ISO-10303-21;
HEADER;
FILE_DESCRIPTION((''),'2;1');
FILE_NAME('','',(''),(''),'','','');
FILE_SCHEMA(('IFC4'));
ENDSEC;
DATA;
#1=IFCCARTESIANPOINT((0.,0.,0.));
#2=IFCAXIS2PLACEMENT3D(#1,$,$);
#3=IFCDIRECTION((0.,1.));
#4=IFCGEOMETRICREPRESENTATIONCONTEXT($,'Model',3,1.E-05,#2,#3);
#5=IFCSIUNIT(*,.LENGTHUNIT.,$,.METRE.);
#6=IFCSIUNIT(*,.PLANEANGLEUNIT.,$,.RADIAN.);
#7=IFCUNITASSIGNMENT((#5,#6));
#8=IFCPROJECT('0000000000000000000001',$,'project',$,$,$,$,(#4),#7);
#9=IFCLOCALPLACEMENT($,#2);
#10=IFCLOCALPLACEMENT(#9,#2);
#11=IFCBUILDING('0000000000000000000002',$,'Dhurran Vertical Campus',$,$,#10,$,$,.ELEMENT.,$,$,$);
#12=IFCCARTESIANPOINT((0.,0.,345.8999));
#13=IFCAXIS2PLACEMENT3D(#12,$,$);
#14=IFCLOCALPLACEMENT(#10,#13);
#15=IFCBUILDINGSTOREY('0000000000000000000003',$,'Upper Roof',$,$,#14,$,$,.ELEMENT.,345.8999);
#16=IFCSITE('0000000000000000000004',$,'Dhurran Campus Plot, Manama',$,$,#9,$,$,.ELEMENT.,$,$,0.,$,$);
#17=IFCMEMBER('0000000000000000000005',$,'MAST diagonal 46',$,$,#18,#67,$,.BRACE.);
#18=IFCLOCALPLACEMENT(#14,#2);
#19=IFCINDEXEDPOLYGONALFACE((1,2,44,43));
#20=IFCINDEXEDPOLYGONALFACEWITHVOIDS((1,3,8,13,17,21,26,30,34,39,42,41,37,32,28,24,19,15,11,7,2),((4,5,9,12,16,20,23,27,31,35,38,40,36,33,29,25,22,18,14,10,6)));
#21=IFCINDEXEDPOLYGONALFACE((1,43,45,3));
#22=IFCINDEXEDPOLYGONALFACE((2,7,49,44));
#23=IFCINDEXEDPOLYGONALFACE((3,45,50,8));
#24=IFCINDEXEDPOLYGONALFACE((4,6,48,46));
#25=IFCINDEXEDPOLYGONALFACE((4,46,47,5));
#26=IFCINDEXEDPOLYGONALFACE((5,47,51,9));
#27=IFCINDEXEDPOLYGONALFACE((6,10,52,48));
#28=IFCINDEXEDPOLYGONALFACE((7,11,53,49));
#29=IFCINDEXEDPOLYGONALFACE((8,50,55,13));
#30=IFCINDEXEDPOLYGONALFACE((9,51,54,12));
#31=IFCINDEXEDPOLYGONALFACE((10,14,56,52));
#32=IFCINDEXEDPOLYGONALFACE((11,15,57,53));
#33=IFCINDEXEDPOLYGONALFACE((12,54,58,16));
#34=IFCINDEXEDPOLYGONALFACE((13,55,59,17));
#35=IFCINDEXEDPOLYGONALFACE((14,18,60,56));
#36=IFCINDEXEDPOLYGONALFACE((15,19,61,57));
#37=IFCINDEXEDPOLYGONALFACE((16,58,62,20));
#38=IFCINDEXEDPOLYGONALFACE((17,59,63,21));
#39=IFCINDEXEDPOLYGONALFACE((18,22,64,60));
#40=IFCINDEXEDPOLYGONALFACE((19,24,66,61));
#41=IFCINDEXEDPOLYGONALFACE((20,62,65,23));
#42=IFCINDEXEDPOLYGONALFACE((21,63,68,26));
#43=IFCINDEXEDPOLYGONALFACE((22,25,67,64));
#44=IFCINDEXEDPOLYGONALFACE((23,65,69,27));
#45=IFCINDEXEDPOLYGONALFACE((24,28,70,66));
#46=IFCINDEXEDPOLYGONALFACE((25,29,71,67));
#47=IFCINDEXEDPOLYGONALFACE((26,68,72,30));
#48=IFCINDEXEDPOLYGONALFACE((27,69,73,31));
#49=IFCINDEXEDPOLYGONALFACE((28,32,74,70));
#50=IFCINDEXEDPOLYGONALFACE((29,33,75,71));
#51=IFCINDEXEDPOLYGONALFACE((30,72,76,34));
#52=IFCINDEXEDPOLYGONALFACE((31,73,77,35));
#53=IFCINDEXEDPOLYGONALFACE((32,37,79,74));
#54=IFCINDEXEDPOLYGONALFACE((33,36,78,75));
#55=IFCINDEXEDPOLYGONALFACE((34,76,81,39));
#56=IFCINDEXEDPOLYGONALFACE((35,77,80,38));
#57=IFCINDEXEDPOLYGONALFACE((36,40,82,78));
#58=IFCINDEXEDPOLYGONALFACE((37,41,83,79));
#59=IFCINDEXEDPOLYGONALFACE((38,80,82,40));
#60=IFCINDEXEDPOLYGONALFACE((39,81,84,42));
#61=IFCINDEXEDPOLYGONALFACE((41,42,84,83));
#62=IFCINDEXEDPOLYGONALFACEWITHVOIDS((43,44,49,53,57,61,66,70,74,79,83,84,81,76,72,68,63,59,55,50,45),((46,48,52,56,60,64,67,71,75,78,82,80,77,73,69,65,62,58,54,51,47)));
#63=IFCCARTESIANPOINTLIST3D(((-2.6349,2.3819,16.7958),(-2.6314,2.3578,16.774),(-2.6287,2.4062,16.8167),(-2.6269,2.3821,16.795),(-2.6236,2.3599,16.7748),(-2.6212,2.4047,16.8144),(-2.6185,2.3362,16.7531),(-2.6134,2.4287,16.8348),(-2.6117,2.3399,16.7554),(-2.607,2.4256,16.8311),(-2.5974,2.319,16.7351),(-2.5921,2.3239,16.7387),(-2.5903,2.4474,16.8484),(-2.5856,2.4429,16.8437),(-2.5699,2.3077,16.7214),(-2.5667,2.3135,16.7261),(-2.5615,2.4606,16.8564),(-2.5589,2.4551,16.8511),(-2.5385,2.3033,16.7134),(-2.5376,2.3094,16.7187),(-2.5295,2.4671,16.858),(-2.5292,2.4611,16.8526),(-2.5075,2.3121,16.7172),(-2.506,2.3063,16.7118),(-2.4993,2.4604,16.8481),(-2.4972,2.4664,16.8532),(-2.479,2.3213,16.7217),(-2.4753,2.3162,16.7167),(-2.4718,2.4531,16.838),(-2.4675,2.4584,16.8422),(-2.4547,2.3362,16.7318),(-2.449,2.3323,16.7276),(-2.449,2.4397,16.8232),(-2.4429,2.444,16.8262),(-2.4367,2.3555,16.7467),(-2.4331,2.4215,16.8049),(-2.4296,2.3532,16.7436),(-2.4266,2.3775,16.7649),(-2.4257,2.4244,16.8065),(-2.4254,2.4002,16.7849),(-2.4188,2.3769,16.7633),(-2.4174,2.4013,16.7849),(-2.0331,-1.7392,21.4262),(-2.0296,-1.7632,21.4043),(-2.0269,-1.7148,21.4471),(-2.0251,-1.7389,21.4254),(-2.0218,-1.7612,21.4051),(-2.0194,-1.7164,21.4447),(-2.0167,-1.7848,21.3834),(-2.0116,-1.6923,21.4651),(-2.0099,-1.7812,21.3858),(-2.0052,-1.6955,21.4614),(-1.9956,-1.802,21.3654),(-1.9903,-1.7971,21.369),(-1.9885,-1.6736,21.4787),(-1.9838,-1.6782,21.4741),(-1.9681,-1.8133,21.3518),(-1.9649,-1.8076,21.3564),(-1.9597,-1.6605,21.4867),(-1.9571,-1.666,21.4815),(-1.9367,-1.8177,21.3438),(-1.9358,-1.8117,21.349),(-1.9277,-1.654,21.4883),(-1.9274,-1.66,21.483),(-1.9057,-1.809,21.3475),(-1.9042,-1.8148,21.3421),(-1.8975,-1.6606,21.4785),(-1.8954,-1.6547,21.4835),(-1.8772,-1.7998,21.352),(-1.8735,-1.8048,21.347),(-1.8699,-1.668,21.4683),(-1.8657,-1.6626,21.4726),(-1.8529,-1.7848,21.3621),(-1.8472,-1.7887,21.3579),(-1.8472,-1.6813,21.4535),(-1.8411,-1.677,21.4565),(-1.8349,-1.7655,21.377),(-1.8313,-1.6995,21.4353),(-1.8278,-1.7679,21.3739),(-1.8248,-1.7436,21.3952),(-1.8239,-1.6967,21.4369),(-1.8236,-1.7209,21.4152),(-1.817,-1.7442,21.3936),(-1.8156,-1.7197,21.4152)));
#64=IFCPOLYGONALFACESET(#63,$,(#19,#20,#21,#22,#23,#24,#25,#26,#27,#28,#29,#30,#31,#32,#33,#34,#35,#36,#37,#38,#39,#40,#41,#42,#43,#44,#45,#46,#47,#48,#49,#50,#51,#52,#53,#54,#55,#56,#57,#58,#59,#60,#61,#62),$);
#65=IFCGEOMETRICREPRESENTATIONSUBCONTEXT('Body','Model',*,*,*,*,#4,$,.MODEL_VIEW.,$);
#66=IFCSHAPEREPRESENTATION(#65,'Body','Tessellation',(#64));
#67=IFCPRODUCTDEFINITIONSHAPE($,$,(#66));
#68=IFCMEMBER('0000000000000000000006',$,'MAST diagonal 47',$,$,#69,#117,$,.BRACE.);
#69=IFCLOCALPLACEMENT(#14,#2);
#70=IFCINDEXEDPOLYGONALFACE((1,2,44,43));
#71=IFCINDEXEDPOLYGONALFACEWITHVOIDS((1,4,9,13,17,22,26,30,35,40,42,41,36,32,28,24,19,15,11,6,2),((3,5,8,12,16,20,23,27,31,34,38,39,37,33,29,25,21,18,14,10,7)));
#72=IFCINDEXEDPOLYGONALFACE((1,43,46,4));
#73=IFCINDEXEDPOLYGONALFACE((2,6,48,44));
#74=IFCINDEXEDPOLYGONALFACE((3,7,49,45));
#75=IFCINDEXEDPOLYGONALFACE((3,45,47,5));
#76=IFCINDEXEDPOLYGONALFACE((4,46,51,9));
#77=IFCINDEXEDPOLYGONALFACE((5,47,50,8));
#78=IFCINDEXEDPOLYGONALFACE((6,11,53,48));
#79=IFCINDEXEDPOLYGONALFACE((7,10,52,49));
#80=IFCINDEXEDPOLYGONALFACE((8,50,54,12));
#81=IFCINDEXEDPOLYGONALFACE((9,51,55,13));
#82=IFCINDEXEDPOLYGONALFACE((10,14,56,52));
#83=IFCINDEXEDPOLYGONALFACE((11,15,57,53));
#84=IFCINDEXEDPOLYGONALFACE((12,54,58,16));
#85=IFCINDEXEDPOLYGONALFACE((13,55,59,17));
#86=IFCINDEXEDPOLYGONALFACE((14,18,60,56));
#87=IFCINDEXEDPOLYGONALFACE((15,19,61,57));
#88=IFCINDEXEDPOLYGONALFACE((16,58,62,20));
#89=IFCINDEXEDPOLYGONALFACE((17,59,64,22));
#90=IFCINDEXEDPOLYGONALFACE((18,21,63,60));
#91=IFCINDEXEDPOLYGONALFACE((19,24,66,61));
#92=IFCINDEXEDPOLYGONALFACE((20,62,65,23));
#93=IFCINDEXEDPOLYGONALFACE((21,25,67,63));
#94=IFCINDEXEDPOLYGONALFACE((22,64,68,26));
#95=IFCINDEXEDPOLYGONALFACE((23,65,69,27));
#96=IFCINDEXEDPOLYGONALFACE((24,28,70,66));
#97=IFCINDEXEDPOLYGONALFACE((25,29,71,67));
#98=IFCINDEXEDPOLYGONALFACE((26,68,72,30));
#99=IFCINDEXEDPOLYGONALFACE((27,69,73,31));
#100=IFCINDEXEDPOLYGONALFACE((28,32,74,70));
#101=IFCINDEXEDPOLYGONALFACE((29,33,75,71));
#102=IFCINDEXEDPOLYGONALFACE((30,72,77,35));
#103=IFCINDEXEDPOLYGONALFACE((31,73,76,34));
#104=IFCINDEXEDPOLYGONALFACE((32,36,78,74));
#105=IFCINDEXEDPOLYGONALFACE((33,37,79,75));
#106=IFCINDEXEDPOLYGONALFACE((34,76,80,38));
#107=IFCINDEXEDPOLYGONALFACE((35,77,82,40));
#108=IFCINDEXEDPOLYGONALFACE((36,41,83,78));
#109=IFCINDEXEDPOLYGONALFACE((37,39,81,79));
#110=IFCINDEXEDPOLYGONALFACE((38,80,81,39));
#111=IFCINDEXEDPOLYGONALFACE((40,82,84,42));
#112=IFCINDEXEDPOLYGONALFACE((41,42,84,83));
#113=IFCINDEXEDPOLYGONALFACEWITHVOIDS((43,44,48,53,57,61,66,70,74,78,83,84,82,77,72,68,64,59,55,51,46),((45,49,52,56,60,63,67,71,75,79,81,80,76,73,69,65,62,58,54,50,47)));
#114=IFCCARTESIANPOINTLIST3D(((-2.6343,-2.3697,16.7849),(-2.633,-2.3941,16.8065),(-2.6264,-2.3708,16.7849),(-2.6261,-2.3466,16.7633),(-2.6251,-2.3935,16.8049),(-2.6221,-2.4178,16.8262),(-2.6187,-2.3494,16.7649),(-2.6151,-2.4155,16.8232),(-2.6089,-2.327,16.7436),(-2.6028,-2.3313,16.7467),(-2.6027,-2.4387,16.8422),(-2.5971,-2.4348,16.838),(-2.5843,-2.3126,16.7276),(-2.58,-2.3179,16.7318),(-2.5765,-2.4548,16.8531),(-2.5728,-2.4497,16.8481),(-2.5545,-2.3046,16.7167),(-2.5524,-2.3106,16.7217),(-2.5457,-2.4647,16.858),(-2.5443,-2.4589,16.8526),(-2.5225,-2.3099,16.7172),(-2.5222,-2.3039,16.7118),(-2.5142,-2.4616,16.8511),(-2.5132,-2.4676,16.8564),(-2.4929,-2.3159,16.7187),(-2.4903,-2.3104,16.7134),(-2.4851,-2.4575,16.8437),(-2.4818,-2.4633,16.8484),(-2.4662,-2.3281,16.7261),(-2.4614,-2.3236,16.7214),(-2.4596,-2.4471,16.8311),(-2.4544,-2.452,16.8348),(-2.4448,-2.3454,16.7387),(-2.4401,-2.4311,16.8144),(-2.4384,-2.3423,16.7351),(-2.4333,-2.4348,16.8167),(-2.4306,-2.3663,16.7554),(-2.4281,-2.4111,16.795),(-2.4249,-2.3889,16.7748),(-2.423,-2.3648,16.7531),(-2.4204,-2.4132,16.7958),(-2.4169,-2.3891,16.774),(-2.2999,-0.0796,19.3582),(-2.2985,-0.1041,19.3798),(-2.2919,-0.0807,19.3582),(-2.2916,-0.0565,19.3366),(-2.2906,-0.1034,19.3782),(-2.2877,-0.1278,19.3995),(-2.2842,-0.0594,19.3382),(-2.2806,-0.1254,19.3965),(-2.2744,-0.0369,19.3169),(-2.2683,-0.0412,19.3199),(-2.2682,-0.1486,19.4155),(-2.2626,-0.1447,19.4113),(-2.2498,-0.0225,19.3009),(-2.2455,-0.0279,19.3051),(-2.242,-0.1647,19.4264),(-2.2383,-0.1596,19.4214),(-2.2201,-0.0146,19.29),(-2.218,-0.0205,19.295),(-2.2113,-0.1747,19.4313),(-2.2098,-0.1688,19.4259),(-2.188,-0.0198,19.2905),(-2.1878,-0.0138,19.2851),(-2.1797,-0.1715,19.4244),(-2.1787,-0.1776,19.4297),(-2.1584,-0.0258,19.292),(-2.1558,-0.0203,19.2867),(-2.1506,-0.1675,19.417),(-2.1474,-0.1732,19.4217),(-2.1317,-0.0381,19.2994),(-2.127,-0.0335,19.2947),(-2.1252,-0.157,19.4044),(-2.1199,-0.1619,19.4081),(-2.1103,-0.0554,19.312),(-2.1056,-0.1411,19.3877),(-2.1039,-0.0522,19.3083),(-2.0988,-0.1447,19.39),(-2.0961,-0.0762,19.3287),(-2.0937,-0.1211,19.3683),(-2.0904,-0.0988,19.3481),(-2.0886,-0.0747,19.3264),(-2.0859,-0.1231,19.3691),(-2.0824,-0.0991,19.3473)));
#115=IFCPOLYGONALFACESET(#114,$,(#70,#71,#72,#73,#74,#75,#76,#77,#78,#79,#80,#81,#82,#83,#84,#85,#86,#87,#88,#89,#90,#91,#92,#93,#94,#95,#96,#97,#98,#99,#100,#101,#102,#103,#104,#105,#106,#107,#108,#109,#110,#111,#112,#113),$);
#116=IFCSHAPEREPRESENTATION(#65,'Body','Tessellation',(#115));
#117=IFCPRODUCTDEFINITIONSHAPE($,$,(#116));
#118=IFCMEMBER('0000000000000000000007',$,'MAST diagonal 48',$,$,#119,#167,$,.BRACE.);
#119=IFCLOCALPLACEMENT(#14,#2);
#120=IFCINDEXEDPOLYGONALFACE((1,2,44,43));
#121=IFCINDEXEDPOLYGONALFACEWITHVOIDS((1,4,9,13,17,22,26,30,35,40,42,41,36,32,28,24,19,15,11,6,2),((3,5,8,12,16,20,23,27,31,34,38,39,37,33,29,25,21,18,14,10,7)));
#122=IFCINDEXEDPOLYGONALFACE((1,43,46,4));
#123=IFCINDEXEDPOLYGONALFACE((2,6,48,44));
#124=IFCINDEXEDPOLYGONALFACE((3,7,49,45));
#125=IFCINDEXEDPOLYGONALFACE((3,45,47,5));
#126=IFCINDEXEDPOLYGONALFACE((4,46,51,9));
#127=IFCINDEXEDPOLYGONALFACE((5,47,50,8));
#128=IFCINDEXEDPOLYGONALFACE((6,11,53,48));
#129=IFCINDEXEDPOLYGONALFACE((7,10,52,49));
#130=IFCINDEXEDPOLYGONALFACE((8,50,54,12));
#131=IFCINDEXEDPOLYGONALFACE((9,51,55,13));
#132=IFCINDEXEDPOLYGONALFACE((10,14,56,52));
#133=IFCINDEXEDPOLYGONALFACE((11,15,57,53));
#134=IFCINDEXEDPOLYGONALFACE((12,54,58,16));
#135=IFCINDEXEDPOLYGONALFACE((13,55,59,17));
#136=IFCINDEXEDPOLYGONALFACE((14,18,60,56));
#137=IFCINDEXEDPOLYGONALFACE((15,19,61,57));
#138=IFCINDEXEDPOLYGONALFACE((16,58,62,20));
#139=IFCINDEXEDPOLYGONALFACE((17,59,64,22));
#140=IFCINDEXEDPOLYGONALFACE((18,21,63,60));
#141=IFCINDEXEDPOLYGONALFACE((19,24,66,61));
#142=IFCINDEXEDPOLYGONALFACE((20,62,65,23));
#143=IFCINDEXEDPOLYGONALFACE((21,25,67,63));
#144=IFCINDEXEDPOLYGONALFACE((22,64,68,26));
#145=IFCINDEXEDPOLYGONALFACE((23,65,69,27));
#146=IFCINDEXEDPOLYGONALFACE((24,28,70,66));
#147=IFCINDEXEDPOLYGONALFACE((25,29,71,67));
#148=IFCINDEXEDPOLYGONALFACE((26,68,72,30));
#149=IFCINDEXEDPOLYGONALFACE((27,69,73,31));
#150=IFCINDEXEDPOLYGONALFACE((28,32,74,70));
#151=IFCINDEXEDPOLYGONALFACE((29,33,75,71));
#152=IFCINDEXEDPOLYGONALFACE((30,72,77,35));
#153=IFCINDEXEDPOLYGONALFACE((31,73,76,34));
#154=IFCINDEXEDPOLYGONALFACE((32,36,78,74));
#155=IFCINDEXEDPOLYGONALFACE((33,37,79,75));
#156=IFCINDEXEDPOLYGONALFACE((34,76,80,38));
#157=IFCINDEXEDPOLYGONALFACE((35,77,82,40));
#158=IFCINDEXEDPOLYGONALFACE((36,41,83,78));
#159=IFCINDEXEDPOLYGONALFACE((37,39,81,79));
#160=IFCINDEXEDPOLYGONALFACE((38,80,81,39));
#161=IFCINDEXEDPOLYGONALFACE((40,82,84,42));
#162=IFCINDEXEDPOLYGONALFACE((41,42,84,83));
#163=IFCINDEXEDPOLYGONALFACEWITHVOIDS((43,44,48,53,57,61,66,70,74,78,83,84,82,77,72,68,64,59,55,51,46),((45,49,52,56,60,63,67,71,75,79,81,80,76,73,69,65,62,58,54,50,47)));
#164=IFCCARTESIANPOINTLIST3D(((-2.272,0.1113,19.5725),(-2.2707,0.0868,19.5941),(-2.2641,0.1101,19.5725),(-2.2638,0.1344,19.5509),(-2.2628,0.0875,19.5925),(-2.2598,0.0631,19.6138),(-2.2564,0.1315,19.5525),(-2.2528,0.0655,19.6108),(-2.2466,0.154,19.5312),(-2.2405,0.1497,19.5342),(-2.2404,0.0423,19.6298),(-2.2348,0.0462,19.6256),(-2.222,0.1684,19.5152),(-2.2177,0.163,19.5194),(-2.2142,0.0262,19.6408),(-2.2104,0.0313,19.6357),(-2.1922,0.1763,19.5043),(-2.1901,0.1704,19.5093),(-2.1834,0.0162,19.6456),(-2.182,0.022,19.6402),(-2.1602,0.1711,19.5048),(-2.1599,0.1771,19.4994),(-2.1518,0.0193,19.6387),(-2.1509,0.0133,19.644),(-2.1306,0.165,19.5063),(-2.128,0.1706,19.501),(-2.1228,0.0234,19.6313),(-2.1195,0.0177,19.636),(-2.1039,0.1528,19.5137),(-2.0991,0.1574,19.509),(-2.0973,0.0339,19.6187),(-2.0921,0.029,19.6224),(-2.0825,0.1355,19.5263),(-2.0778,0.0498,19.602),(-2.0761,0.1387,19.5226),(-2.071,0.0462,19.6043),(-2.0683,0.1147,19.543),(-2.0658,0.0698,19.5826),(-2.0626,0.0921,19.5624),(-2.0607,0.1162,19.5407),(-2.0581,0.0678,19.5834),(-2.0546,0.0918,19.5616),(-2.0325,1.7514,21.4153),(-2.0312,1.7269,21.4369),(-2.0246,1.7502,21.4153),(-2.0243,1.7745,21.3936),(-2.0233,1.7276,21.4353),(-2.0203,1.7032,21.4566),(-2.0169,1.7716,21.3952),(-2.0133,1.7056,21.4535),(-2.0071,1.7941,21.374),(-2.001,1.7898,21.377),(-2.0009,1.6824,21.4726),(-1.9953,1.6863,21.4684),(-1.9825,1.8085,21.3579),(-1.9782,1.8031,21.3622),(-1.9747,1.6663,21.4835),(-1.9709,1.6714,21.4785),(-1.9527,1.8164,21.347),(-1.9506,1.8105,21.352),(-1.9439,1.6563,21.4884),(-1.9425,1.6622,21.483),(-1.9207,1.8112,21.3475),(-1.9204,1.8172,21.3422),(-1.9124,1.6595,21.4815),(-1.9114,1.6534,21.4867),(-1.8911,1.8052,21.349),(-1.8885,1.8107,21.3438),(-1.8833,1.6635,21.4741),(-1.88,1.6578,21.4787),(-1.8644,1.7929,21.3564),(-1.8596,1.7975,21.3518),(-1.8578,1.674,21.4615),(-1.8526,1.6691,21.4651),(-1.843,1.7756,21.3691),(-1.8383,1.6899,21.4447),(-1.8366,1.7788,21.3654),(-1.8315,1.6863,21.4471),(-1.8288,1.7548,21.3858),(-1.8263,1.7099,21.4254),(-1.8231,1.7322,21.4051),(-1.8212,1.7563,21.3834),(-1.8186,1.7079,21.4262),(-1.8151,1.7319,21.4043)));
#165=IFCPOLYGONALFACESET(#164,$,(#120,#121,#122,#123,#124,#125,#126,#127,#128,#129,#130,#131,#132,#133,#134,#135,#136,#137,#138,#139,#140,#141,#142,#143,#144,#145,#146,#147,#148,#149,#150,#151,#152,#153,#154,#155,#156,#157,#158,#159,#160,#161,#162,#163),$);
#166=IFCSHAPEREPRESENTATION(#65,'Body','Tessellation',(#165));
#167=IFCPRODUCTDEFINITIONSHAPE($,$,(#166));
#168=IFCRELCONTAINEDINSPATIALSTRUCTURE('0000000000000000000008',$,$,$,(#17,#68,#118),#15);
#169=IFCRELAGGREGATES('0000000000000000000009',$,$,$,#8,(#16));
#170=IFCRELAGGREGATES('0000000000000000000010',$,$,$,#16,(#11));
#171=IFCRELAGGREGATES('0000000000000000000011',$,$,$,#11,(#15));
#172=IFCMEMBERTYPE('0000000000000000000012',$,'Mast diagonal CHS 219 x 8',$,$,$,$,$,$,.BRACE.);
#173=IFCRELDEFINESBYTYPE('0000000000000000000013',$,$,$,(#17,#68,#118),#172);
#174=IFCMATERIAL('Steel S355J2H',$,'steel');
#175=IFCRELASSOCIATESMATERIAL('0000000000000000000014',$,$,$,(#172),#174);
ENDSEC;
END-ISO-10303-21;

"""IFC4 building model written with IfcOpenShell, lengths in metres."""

from ifc_helpers import new_model, si_unit, direction, frame, origin, origin_2d, place, context, subcontext, project, spatial, hollow_circle, extrude, material, material_profile, profile_set, type_object, element, save


model = new_model("IFC4")

# Units and contexts
model_context = context("Model", 3, precision=1e-05, world=origin(), true_north=direction((0.0, 1.0)))
body_context = subcontext(model_context, "Body", "Model", "MODEL_VIEW")
ifc_project = project(units=[si_unit("LENGTHUNIT", "METRE"), si_unit("PLANEANGLEUNIT", "RADIAN")], contexts=[model_context])

# Site, building, storey
site_placement = place(None, origin())
site = spatial("IfcSite", under=ifc_project, at=site_placement, Name="Dhurran Campus Plot, Manama", CompositionType="ELEMENT", RefElevation=0.0)
building_placement = place(site_placement, origin())
building = spatial("IfcBuilding", under=site, at=building_placement, Name="Dhurran Vertical Campus", CompositionType="ELEMENT")
storey_placement = place(building_placement, frame((0.0, 0.0, 345.8999)))
storey = spatial("IfcBuildingStorey", under=building, at=storey_placement, Name="Upper Roof", CompositionType="ELEMENT", Elevation=345.8999)

# Members
ifc_material_1 = material(Name="Steel S355J2H", Category="steel")
ifc_material_profile_1 = material_profile(ifc_material_1, hollow_circle(Radius=0.1096, WallThickness=0.0081, at=origin_2d()), Name="CHS219x8")
ifc_profile_set_1 = profile_set([ifc_material_profile_1], Name="Steel S355J2H")
member_type_1 = type_object("IfcMemberType", Name="Mast diagonal CHS 219 x 8", PredefinedType="BRACE", material=ifc_profile_set_1)
member_1_placement = place(storey_placement, frame((-2.5259, 2.3855, 16.7849), z_axis=(0.096632, -0.661722, 0.743496), x_axis=(0.989505, 0.144498, 0.0)))
element("IfcMember", 1, at=member_1_placement, inside=storey, type_object=member_type_1, Name="MAST diagonal 46", PredefinedType="BRACE", context=body_context, shape_type="SweptSolid", body=[
    extrude(hollow_circle(Radius=0.1096, WallThickness=0.0081, at=origin_2d()), origin(), (0.0, 0.0, 1.0), 6.2278),
])
member_2_placement = place(storey_placement, frame((-2.5259, -2.3855, 16.7849), z_axis=(0.096644, 0.661692, 0.743521), x_axis=(-0.989502, 0.144522, 0.0)))
element("IfcMember", 2, at=member_2_placement, inside=storey, type_object=member_type_1, Name="MAST diagonal 47", PredefinedType="BRACE", context=body_context, shape_type="SweptSolid", body=[
    extrude(hollow_circle(Radius=0.1096, WallThickness=0.0081, at=origin_2d()), origin(), (0.0, 0.0, 1.0), 3.4609),
])
member_3_placement = place(storey_placement, frame((-2.1636, 0.0955, 19.5725), z_axis=(0.09663, 0.661732, 0.743488), x_axis=(-0.989506, 0.144493, 0.0)))
element("IfcMember", 3, at=member_3_placement, inside=storey, type_object=member_type_1, Name="MAST diagonal 48", PredefinedType="BRACE", context=body_context, shape_type="SweptSolid", body=[
    extrude(hollow_circle(Radius=0.1096, WallThickness=0.0081, at=origin_2d()), origin(), (0.0, 0.0, 1.0), 2.4785),
])

save(model, "model.ifc")
